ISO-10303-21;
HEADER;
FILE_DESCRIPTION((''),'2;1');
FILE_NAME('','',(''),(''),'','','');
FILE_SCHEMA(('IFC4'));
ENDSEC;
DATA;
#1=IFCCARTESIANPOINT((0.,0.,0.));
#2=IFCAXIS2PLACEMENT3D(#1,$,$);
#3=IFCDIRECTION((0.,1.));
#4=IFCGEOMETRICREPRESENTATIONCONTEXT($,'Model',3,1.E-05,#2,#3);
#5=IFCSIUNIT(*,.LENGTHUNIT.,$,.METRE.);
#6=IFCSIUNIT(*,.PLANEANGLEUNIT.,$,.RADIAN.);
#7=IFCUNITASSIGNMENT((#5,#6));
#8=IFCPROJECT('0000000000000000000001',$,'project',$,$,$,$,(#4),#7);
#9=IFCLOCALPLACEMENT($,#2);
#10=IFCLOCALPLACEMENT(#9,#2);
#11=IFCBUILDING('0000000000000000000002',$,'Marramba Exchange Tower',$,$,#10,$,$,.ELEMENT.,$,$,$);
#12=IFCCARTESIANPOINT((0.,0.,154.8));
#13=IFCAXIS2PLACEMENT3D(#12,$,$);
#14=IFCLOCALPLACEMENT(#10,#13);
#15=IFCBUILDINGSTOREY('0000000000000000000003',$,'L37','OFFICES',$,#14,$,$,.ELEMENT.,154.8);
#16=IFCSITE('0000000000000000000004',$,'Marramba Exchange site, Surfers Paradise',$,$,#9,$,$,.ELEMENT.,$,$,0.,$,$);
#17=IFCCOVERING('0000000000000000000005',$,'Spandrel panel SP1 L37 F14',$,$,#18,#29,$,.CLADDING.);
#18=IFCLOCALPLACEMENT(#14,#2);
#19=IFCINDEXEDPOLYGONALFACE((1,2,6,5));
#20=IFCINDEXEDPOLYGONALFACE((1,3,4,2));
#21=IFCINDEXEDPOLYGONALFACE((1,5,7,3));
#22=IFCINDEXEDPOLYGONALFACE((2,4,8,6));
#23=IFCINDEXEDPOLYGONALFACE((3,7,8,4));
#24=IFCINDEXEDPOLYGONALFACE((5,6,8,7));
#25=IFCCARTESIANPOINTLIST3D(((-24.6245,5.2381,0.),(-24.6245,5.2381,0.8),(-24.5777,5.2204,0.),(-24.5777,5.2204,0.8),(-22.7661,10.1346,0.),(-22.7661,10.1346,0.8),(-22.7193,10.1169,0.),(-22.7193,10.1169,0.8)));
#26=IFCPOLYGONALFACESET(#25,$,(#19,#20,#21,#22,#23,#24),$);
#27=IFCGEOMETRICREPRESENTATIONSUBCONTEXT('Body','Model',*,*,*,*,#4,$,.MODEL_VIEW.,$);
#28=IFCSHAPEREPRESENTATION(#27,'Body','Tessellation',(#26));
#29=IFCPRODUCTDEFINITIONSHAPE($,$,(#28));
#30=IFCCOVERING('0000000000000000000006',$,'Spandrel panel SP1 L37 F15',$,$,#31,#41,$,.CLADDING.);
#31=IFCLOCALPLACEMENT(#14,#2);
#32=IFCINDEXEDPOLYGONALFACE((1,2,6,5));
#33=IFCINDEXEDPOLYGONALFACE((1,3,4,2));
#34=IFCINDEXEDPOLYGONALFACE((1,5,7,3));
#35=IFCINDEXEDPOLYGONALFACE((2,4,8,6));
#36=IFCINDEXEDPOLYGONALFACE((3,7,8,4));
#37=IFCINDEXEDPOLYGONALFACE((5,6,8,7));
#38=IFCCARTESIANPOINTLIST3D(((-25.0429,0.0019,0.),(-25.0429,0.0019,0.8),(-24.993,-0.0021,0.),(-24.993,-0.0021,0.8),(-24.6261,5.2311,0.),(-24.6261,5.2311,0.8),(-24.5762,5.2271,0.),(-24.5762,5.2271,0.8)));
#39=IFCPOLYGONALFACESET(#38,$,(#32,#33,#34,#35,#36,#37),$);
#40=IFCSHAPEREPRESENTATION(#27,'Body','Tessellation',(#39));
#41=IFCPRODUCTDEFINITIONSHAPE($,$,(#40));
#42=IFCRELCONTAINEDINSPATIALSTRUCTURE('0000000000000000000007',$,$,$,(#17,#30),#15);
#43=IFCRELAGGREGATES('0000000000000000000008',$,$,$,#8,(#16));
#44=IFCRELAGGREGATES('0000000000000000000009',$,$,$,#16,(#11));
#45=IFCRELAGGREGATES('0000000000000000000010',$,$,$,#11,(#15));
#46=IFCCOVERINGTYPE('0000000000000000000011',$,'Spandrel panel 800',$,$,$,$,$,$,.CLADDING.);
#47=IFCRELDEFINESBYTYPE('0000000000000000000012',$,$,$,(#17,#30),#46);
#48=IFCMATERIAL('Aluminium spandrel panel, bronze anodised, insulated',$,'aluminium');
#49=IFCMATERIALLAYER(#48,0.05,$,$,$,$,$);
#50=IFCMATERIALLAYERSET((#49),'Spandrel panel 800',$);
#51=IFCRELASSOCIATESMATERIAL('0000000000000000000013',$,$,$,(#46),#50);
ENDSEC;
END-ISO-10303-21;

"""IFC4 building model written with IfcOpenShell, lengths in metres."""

from ifc_helpers import new_model, si_unit, direction, frame, origin, origin_2d, place, context, subcontext, project, spatial, rectangle, extrude, material, layer, layer_set, type_object, element, save


model = new_model("IFC4")

# Units and contexts
model_context = context("Model", 3, precision=1e-05, world=origin(), true_north=direction((0.0, 1.0)))
body_context = subcontext(model_context, "Body", "Model", "MODEL_VIEW")
ifc_project = project(units=[si_unit("LENGTHUNIT", "METRE"), si_unit("PLANEANGLEUNIT", "RADIAN")], contexts=[model_context])

# Site, building, storey
site_placement = place(None, origin())
site = spatial("IfcSite", under=ifc_project, at=site_placement, Name="Marramba Exchange site, Surfers Paradise", CompositionType="ELEMENT", RefElevation=0.0)
building_placement = place(site_placement, origin())
building = spatial("IfcBuilding", under=site, at=building_placement, Name="Marramba Exchange Tower", CompositionType="ELEMENT")
storey_placement = place(building_placement, frame((0.0, 0.0, 154.8)))
storey = spatial("IfcBuildingStorey", under=building, at=storey_placement, Name="L37", Description="OFFICES", CompositionType="ELEMENT", Elevation=154.8)

# Coverings
ifc_material_1 = material(Name="Aluminium spandrel panel, bronze anodised, insulated", Category="aluminium")
ifc_layer_1 = layer(ifc_material_1, 0.05)
ifc_layer_set_1 = layer_set([ifc_layer_1], Name="Spandrel panel 800")
covering_type = type_object("IfcCoveringType", Name="Spandrel panel 800", PredefinedType="CLADDING", material=ifc_layer_set_1)
covering_1_placement = place(storey_placement, frame((-23.6719, 7.6775, 0.0), z_axis=(0.0, 0.0, 1.0), x_axis=(-0.354844, -0.934925, 0.0)))
element("IfcCovering", 1, at=covering_1_placement, inside=storey, type_object=covering_type, Name="Spandrel panel SP1 L37 F14", PredefinedType="CLADDING", context=body_context, shape_type="SweptSolid", body=[
    extrude(rectangle(XDim=5.2373, YDim=0.05, at=origin_2d()), origin(), (0.0, 0.0, 1.0), 0.8),
])
covering_2_placement = place(storey_placement, frame((-24.8096, 2.6145, 0.0), z_axis=(0.0, 0.0, 1.0), x_axis=(-0.07946, -0.996838, 0.0)))
element("IfcCovering", 2, at=covering_2_placement, inside=storey, type_object=covering_type, Name="Spandrel panel SP1 L37 F15", PredefinedType="CLADDING", context=body_context, shape_type="SweptSolid", body=[
    extrude(rectangle(XDim=5.2458, YDim=0.05, at=origin_2d()), origin(), (0.0, 0.0, 1.0), 0.8),
])

save(model, "model.ifc")
